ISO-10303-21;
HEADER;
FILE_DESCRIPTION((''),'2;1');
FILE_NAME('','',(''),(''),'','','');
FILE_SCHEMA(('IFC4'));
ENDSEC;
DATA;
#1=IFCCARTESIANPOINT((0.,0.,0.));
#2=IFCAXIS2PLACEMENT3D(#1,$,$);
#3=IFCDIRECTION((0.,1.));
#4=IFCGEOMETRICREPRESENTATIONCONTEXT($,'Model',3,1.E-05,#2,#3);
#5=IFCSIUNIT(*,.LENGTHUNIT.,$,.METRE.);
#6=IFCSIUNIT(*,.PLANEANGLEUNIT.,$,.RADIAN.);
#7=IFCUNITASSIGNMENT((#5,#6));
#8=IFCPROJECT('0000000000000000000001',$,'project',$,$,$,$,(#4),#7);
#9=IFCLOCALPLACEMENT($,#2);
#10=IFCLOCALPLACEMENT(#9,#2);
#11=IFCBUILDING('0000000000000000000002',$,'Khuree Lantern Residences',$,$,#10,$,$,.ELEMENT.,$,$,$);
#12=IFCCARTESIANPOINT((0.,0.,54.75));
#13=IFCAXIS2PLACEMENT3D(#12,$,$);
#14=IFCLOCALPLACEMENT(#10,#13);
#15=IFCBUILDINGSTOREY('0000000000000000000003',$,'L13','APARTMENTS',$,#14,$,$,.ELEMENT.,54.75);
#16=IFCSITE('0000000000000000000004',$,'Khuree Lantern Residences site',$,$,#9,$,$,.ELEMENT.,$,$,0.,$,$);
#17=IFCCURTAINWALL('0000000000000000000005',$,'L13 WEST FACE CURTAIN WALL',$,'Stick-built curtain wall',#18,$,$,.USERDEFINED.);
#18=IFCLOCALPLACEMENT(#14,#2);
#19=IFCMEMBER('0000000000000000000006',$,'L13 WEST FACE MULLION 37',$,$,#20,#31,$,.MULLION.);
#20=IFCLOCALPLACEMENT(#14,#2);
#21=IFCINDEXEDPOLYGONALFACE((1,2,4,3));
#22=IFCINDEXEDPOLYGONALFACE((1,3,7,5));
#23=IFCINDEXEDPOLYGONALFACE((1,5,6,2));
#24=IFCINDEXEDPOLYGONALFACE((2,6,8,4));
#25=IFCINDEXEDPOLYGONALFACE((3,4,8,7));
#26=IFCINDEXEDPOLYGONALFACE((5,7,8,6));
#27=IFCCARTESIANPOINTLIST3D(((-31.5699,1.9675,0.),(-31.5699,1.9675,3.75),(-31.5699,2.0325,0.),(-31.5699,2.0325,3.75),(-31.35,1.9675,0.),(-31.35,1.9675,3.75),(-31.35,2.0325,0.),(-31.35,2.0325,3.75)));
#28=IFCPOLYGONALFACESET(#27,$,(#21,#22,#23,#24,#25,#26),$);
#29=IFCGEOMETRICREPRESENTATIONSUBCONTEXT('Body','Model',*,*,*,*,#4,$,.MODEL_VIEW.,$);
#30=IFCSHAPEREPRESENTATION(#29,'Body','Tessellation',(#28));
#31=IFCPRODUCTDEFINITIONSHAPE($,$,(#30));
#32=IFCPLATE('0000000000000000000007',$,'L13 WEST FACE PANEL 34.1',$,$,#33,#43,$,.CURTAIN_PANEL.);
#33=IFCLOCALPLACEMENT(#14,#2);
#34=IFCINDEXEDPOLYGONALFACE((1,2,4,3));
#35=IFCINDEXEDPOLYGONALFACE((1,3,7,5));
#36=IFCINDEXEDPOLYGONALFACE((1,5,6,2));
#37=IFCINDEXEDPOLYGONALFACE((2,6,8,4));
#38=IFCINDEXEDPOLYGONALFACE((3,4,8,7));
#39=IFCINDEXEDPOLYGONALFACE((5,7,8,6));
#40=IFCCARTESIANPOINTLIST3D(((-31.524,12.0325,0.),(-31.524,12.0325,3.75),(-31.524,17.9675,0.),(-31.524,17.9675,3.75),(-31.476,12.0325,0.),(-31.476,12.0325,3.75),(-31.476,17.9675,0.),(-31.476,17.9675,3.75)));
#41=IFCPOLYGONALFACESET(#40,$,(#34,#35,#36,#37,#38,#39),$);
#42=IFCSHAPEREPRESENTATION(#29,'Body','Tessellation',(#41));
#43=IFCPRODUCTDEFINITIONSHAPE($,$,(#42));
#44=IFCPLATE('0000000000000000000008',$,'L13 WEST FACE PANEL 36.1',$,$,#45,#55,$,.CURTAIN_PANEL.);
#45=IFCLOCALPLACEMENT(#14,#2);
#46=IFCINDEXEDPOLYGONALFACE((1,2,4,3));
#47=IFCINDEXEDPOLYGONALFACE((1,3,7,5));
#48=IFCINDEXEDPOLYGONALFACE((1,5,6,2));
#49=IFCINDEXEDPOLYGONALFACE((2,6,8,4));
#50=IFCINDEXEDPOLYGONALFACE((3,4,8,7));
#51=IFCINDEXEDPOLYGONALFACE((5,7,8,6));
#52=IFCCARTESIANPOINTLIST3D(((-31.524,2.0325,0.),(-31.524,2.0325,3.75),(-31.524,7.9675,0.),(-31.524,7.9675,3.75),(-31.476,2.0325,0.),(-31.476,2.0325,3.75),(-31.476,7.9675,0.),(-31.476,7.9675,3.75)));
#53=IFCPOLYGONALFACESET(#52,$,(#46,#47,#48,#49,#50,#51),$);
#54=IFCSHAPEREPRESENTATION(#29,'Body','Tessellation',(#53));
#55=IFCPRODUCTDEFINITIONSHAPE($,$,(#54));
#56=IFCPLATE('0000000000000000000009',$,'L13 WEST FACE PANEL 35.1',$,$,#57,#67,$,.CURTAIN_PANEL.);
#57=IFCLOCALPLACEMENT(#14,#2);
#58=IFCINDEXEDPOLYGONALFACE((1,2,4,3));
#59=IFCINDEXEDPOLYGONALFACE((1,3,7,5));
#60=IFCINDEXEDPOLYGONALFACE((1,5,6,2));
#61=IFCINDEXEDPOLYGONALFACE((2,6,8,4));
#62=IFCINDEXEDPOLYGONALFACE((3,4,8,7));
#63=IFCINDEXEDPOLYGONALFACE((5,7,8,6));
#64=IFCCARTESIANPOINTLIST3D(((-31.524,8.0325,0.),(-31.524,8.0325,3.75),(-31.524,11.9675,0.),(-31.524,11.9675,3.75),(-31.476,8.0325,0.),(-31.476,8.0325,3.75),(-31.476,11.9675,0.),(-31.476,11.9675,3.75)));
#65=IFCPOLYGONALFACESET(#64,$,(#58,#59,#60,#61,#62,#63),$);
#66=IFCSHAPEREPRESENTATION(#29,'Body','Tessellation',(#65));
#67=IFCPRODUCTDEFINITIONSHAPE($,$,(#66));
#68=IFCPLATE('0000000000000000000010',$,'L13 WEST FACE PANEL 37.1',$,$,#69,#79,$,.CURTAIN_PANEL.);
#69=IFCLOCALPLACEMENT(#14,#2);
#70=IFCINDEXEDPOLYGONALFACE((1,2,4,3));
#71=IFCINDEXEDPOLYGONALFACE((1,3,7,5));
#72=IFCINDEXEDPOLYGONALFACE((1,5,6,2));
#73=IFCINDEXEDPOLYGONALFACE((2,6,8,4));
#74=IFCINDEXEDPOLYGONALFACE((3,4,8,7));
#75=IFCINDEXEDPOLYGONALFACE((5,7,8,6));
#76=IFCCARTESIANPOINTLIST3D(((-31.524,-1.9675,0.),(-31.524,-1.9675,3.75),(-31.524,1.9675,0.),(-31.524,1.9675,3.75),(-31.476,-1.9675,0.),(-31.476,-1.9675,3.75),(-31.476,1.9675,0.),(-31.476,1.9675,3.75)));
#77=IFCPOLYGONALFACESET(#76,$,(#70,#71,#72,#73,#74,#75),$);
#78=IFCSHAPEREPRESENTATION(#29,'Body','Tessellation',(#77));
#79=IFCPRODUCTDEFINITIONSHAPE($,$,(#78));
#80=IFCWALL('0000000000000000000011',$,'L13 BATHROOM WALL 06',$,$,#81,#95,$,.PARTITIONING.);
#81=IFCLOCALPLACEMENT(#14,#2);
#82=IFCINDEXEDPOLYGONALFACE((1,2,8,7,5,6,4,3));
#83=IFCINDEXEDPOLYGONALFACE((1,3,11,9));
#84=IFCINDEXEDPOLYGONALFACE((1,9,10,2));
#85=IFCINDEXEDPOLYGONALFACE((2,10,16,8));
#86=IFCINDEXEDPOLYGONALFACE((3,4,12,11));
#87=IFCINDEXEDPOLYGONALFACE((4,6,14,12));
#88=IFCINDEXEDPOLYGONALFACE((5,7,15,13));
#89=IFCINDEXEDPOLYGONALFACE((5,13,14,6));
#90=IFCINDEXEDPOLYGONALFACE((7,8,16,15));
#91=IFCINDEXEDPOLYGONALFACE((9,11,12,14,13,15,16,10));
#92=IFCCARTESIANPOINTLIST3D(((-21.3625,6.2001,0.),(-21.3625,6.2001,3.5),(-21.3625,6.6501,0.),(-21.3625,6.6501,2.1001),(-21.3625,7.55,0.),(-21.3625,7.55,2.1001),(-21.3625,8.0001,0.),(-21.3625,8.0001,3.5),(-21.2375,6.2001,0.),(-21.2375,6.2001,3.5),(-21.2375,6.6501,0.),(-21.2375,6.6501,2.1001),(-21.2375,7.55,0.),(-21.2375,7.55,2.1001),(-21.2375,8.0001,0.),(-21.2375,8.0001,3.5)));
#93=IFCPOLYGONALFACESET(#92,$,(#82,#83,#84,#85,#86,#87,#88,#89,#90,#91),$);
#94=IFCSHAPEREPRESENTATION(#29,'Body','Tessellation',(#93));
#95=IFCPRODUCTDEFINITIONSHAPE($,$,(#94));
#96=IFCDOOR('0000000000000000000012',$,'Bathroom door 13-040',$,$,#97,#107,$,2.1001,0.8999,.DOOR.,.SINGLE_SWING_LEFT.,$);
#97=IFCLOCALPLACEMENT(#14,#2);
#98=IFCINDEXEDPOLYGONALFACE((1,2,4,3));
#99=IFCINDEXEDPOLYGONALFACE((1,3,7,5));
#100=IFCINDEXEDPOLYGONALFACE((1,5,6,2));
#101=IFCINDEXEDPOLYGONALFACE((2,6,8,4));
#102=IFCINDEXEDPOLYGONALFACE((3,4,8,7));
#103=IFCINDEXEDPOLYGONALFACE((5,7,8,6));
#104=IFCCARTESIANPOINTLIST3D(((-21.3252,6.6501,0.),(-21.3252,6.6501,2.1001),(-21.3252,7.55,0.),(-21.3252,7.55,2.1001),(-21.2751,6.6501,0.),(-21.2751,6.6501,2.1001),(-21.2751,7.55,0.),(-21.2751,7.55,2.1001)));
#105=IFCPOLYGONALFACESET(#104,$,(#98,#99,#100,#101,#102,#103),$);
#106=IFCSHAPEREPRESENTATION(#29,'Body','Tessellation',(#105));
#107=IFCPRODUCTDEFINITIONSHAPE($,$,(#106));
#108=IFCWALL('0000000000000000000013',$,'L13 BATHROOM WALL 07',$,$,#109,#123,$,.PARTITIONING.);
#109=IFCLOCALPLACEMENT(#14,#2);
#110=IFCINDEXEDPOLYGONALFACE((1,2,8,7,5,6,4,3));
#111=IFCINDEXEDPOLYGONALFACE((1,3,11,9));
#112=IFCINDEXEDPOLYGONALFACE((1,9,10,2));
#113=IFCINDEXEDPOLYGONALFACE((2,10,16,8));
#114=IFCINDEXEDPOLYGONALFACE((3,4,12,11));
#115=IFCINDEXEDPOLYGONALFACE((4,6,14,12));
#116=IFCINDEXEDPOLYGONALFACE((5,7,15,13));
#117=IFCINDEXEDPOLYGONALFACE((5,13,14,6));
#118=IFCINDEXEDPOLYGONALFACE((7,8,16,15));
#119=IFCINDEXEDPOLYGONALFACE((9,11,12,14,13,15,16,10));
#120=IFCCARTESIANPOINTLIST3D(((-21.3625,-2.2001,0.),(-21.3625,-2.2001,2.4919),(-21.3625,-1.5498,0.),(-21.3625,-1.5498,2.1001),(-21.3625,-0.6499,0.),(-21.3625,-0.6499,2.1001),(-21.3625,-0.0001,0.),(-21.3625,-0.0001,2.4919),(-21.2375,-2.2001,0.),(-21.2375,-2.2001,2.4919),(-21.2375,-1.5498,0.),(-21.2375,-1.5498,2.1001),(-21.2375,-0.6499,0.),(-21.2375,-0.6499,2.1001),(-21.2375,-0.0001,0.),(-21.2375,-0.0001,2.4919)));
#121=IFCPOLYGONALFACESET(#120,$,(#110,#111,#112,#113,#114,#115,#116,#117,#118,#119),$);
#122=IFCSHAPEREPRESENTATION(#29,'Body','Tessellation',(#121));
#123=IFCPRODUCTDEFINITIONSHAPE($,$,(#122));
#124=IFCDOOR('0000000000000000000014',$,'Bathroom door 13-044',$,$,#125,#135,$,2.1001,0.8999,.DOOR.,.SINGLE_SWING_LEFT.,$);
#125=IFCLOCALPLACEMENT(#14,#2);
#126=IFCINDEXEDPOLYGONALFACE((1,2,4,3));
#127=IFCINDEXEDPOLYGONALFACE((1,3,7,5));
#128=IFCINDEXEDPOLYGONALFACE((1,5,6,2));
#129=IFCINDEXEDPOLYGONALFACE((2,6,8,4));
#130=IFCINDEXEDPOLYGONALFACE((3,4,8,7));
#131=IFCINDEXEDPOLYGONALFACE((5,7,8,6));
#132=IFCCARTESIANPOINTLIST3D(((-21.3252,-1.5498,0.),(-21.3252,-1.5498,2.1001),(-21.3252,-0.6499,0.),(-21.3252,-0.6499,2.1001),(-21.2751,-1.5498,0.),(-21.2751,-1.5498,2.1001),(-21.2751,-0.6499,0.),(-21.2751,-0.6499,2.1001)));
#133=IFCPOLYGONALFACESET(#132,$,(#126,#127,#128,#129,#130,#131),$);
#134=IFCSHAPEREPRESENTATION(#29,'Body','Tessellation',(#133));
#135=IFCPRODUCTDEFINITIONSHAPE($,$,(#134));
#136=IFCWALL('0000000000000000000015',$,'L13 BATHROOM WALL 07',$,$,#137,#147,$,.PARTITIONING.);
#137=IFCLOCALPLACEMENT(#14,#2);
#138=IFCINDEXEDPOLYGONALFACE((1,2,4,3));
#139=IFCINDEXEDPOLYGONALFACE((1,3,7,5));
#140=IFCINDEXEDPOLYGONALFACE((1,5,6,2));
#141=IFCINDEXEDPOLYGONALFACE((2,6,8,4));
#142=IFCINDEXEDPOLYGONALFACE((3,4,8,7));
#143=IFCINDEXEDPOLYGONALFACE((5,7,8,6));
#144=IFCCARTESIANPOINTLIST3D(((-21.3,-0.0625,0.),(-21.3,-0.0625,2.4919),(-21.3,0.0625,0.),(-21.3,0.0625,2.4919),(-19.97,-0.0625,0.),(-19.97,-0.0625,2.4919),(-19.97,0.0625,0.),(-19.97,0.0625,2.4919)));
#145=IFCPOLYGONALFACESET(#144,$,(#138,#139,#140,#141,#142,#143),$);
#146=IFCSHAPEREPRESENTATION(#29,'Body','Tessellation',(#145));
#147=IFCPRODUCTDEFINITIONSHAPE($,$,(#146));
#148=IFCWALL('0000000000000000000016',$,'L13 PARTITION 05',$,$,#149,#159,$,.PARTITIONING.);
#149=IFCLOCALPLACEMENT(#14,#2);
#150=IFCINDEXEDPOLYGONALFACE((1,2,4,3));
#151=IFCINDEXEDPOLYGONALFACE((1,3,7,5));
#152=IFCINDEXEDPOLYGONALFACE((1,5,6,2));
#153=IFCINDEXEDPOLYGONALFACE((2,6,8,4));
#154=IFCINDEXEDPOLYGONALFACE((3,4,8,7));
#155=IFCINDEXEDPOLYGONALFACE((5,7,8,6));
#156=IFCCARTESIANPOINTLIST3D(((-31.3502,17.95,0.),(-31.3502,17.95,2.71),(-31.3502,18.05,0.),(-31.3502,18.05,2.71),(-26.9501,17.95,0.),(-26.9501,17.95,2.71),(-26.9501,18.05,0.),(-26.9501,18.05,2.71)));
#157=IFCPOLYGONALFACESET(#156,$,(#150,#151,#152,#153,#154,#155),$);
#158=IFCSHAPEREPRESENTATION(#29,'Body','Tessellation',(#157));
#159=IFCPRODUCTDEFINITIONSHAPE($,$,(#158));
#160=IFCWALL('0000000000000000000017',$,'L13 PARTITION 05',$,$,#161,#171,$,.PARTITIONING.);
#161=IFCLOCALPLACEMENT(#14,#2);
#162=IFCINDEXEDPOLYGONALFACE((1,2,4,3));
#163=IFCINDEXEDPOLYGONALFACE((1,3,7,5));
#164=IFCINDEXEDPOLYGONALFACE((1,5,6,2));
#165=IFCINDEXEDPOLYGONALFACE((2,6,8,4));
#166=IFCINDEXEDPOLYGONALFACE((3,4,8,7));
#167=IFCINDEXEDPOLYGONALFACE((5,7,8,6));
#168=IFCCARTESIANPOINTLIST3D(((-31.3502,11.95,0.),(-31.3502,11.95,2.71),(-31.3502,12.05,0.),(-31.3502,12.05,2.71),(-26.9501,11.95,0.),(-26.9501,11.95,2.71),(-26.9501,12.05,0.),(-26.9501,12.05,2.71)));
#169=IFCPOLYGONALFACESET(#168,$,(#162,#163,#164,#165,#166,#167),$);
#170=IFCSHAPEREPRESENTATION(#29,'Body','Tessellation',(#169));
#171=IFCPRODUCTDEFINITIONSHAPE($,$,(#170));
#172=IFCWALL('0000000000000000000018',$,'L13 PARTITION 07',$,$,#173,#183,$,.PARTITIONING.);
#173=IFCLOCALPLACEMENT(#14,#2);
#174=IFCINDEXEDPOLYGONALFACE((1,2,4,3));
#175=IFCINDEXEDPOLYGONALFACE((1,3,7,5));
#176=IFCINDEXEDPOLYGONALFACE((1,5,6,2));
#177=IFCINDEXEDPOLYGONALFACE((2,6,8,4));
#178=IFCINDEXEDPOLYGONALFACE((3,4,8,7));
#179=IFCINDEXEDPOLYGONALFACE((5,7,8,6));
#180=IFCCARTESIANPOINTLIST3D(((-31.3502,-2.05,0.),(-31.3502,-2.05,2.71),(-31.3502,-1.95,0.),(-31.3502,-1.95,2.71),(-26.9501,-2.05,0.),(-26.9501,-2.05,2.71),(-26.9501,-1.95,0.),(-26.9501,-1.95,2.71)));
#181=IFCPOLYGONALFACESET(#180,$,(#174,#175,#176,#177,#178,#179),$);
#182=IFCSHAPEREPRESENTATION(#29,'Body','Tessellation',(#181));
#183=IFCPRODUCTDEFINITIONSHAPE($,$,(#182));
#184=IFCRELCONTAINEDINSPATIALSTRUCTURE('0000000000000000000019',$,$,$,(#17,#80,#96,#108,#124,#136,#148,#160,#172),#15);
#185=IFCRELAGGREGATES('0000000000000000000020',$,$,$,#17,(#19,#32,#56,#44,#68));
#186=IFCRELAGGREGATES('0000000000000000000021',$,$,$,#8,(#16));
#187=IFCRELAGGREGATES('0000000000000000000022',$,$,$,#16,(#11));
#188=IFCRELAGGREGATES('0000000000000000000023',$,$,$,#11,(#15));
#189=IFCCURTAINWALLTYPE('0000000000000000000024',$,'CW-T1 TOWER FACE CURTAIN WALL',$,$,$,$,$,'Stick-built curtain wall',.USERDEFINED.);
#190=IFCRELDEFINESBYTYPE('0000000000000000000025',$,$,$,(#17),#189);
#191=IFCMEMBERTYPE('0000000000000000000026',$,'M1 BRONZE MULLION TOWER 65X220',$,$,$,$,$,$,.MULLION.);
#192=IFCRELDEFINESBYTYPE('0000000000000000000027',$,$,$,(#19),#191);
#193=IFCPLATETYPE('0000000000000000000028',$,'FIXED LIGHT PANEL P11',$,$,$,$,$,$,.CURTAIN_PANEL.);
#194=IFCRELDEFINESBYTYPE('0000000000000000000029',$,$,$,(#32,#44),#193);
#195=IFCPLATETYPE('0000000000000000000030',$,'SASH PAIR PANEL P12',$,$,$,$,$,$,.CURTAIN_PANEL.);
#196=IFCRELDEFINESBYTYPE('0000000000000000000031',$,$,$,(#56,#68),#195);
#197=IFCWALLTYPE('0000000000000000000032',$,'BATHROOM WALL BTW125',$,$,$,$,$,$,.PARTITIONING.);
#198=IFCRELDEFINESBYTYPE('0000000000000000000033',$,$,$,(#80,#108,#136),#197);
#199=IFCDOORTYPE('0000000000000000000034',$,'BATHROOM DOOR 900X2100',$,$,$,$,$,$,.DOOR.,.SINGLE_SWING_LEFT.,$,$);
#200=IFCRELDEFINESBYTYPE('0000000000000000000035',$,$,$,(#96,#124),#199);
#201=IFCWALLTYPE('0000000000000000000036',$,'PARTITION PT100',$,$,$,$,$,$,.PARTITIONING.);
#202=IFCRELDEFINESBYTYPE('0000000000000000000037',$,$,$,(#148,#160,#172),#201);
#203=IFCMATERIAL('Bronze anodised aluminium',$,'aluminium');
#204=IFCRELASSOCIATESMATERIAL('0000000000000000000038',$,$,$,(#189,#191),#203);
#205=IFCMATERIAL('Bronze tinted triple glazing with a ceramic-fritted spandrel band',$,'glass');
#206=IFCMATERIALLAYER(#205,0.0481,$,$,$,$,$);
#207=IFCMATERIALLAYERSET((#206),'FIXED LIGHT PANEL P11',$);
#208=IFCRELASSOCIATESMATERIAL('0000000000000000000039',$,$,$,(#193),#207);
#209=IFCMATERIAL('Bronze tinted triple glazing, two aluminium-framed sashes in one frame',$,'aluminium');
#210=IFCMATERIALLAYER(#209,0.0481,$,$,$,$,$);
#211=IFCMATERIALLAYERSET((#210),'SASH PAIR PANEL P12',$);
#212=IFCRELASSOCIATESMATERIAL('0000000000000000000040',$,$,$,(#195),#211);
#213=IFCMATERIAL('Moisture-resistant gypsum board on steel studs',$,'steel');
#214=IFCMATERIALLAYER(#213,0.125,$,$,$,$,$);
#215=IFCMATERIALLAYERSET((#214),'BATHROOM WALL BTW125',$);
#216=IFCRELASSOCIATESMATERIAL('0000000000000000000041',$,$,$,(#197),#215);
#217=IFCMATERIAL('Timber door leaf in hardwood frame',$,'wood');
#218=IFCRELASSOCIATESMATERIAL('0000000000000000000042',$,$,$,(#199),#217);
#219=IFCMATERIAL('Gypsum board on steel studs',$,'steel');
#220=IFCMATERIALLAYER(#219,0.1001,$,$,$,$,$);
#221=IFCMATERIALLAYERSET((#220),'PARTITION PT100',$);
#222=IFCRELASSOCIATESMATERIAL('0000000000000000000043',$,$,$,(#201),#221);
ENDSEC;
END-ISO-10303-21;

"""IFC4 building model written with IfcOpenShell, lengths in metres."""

from ifc_helpers import new_model, si_unit, direction, frame, frame_2d, origin, origin_2d, place, context, subcontext, project, spatial, rectangle, extrude, material, layer, layer_set, material_profile, profile_set, type_object, element, fill, aggregate, save


model = new_model("IFC4")

# Units and contexts
model_context = context("Model", 3, precision=1e-05, world=origin(), true_north=direction((0.0, 1.0)))
body_context = subcontext(model_context, "Body", "Model", "MODEL_VIEW")
ifc_project = project(units=[si_unit("LENGTHUNIT", "METRE"), si_unit("PLANEANGLEUNIT", "RADIAN")], contexts=[model_context])

# Site, building, storey
site_placement = place(None, origin())
site = spatial("IfcSite", under=ifc_project, at=site_placement, Name="Khuree Lantern Residences site", CompositionType="ELEMENT", RefElevation=0.0)
building_placement = place(site_placement, origin())
building = spatial("IfcBuilding", under=site, at=building_placement, Name="Khuree Lantern Residences", CompositionType="ELEMENT")
storey_placement = place(building_placement, frame((0.0, 0.0, 54.75)))
storey = spatial("IfcBuildingStorey", under=building, at=storey_placement, Name="L13", Description="APARTMENTS", CompositionType="ELEMENT", Elevation=54.75)

# Curtain wall
ifc_material_1 = material(Name="Bronze anodised aluminium", Category="aluminium")
curtain_wall_type = type_object("IfcCurtainWallType", Name="CW-T1 TOWER FACE CURTAIN WALL", ElementType="Stick-built curtain wall", PredefinedType="USERDEFINED", material=ifc_material_1)
curtain_wall_placement = place(storey_placement, origin())
curtain_wall = element("IfcCurtainWall", 1, at=curtain_wall_placement, inside=storey, type_object=curtain_wall_type, Name="L13 WEST FACE CURTAIN WALL", ObjectType="Stick-built curtain wall", PredefinedType="USERDEFINED")

# Member
ifc_material_profile_1 = material_profile(ifc_material_1, rectangle(XDim=0.0649, YDim=0.22, at=origin_2d()), Name="M1 65X220")
ifc_profile_set_1 = profile_set([ifc_material_profile_1], Name="Bronze anodised aluminium")
member_type_1 = type_object("IfcMemberType", Name="M1 BRONZE MULLION TOWER 65X220", PredefinedType="MULLION", material=ifc_profile_set_1)
member_1_placement = place(storey_placement, frame((-31.46, 2.0, 0.0), z_axis=(0.0, 0.0, 1.0), x_axis=(0.0, -1.0, 0.0)))
member_1 = element("IfcMember", 2, at=member_1_placement, type_object=member_type_1, Name="L13 WEST FACE MULLION 37", PredefinedType="MULLION", context=body_context, shape_type="SweptSolid", body=[
    extrude(rectangle(XDim=0.0649, YDim=0.22, at=origin_2d()), origin(), (0.0, 0.0, 1.0), 3.75),
])

# Plates
ifc_material_2 = material(Name="Bronze tinted triple glazing with a ceramic-fritted spandrel band", Category="glass")
ifc_layer_1 = layer(ifc_material_2, 0.0481)
ifc_layer_set_1 = layer_set([ifc_layer_1], Name="FIXED LIGHT PANEL P11")
plate_type_1 = type_object("IfcPlateType", Name="FIXED LIGHT PANEL P11", PredefinedType="CURTAIN_PANEL", material=ifc_layer_set_1)
plate_1_placement = place(storey_placement, frame((-31.5, 15.0, 0.0), z_axis=(0.0, 0.0, 1.0), x_axis=(0.0, -1.0, 0.0)))
plate_1 = element("IfcPlate", 3, at=plate_1_placement, type_object=plate_type_1, Name="L13 WEST FACE PANEL 34.1", PredefinedType="CURTAIN_PANEL", context=body_context, shape_type="SweptSolid", body=[
    extrude(rectangle(XDim=5.9351, YDim=0.0481, at=origin_2d()), origin(), (0.0, 0.0, 1.0), 3.75),
])
plate_2_placement = place(storey_placement, frame((-31.5, 5.0, 0.0), z_axis=(0.0, 0.0, 1.0), x_axis=(0.0, -1.0, 0.0)))
plate_2 = element("IfcPlate", 4, at=plate_2_placement, type_object=plate_type_1, Name="L13 WEST FACE PANEL 36.1", PredefinedType="CURTAIN_PANEL", context=body_context, shape_type="SweptSolid", body=[
    extrude(rectangle(XDim=5.9351, YDim=0.0481, at=origin_2d()), origin(), (0.0, 0.0, 1.0), 3.75),
])
ifc_material_3 = material(Name="Bronze tinted triple glazing, two aluminium-framed sashes in one frame", Category="aluminium")
ifc_layer_2 = layer(ifc_material_3, 0.0481)
ifc_layer_set_2 = layer_set([ifc_layer_2], Name="SASH PAIR PANEL P12")
plate_type_2 = type_object("IfcPlateType", Name="SASH PAIR PANEL P12", PredefinedType="CURTAIN_PANEL", material=ifc_layer_set_2)
plate_3_placement = place(storey_placement, frame((-31.5, 10.0, 0.0), z_axis=(0.0, 0.0, 1.0), x_axis=(0.0, -1.0, 0.0)))
plate_3 = element("IfcPlate", 5, at=plate_3_placement, type_object=plate_type_2, Name="L13 WEST FACE PANEL 35.1", PredefinedType="CURTAIN_PANEL", context=body_context, shape_type="SweptSolid", body=[
    extrude(rectangle(XDim=3.9351, YDim=0.0481, at=origin_2d()), origin(), (0.0, 0.0, 1.0), 3.75),
])
plate_4_placement = place(storey_placement, frame((-31.5, 0.0, 0.0), z_axis=(0.0, 0.0, 1.0), x_axis=(0.0, -1.0, 0.0)))
plate_4 = element("IfcPlate", 6, at=plate_4_placement, type_object=plate_type_2, Name="L13 WEST FACE PANEL 37.1", PredefinedType="CURTAIN_PANEL", context=body_context, shape_type="SweptSolid", body=[
    extrude(rectangle(XDim=3.9351, YDim=0.0481, at=origin_2d()), origin(), (0.0, 0.0, 1.0), 3.75),
])
aggregate(curtain_wall, [member_1, plate_1, plate_3, plate_2, plate_4])

# Walls, openings, doors
ifc_material_4 = material(Name="Moisture-resistant gypsum board on steel studs", Category="steel")
ifc_layer_3 = layer(ifc_material_4, 0.125)
ifc_layer_set_3 = layer_set([ifc_layer_3], Name="BATHROOM WALL BTW125")
wall_type_1 = type_object("IfcWallType", Name="BATHROOM WALL BTW125", PredefinedType="PARTITIONING", material=ifc_layer_set_3)
wall_1_placement = place(storey_placement, frame((-21.3, 8.0, 0.0), z_axis=(0.0, 0.0, 1.0), x_axis=(0.0, -1.0, 0.0)))
wall_1 = element("IfcWall", 7, at=wall_1_placement, inside=storey, type_object=wall_type_1, Name="L13 BATHROOM WALL 06", PredefinedType="PARTITIONING", context=body_context, shape_type="SweptSolid", body=[
    extrude(rectangle(XDim=1.8, YDim=0.125, at=frame_2d((0.8999, 0.0))), origin(), (0.0, 0.0, 1.0), 3.5),
])
opening_1_placement = place(wall_1_placement, frame((0.45, 0.0, 0.0)))
opening_1 = element("IfcOpeningElement", 8, at=opening_1_placement, cuts=wall_1, PredefinedType="OPENING", context=body_context, shape_type="SweptSolid", body=[
    extrude(rectangle(XDim=0.8999, YDim=2.1001, at=frame_2d((0.45, 1.05))), frame((0.0, 0.0725, 0.0), z_axis=(0.0, -1.0, 0.0), x_axis=(1.0, 0.0, 0.0)), (0.0, 0.0, 1.0), 0.145),
])
ifc_material_5 = material(Name="Timber door leaf in hardwood frame", Category="wood")
door_type_1 = type_object("IfcDoorType", Name="BATHROOM DOOR 900X2100", OperationType="SINGLE_SWING_LEFT", PredefinedType="DOOR", material=ifc_material_5)
door_1_placement = place(opening_1_placement, origin())
door_1 = element("IfcDoor", 9, at=door_1_placement, inside=storey, type_object=door_type_1, Name="Bathroom door 13-040", OperationType="SINGLE_SWING_LEFT", OverallHeight=2.1001, OverallWidth=0.8999, PredefinedType="DOOR", context=body_context, shape_type="SweptSolid", body=[
    extrude(rectangle(XDim=0.8999, YDim=2.1001, at=frame_2d((0.45, 1.05))), frame((0.0, 0.0249, 0.0), z_axis=(0.0, -1.0, 0.0), x_axis=(1.0, 0.0, 0.0)), (0.0, 0.0, 1.0), 0.05),
])
fill(opening_1, door_1)
wall_2_placement = place(storey_placement, frame((-21.3, 0.0, 0.0), z_axis=(0.0, 0.0, 1.0), x_axis=(0.0, -1.0, 0.0)))
wall_2 = element("IfcWall", 10, at=wall_2_placement, inside=storey, type_object=wall_type_1, Name="L13 BATHROOM WALL 07", PredefinedType="PARTITIONING", context=body_context, shape_type="SweptSolid", body=[
    extrude(rectangle(XDim=2.2, YDim=0.125, at=frame_2d((1.1001, 0.0))), origin(), (0.0, 0.0, 1.0), 2.4919),
])
opening_2_placement = place(wall_2_placement, frame((0.6499, 0.0, 0.0)))
opening_2 = element("IfcOpeningElement", 11, at=opening_2_placement, cuts=wall_2, PredefinedType="OPENING", context=body_context, shape_type="SweptSolid", body=[
    extrude(rectangle(XDim=0.8999, YDim=2.1001, at=frame_2d((0.45, 1.05))), frame((0.0, 0.0725, 0.0), z_axis=(0.0, -1.0, 0.0), x_axis=(1.0, 0.0, 0.0)), (0.0, 0.0, 1.0), 0.145),
])
door_2_placement = place(opening_2_placement, origin())
door_2 = element("IfcDoor", 12, at=door_2_placement, inside=storey, type_object=door_type_1, Name="Bathroom door 13-044", OperationType="SINGLE_SWING_LEFT", OverallHeight=2.1001, OverallWidth=0.8999, PredefinedType="DOOR", context=body_context, shape_type="SweptSolid", body=[
    extrude(rectangle(XDim=0.8999, YDim=2.1001, at=frame_2d((0.45, 1.05))), frame((0.0, 0.0249, 0.0), z_axis=(0.0, -1.0, 0.0), x_axis=(1.0, 0.0, 0.0)), (0.0, 0.0, 1.0), 0.05),
])
fill(opening_2, door_2)

# Walls
wall_3_placement = place(storey_placement, frame((-19.97, 0.0, 0.0), z_axis=(0.0, 0.0, 1.0), x_axis=(-1.0, 0.0, 0.0)))
element("IfcWall", 13, at=wall_3_placement, inside=storey, type_object=wall_type_1, Name="L13 BATHROOM WALL 07", PredefinedType="PARTITIONING", context=body_context, shape_type="SweptSolid", body=[
    extrude(rectangle(XDim=1.3301, YDim=0.125, at=frame_2d((0.665, 0.0))), origin(), (0.0, 0.0, 1.0), 2.4919),
])
ifc_material_6 = material(Name="Gypsum board on steel studs", Category="steel")
ifc_layer_4 = layer(ifc_material_6, 0.1001)
ifc_layer_set_4 = layer_set([ifc_layer_4], Name="PARTITION PT100")
wall_type_2 = type_object("IfcWallType", Name="PARTITION PT100", PredefinedType="PARTITIONING", material=ifc_layer_set_4)
for number, where, z_axis, x_axis, name in (
    (14, (-26.95, 18.0, 0.0), (0.0, 0.0, 1.0), (-1.0, 0.0, 0.0), "L13 PARTITION 05"),
    (15, (-26.95, 12.0, 0.0), (0.0, 0.0, 1.0), (-1.0, 0.0, 0.0), "L13 PARTITION 05"),
    (16, (-26.95, -2.0, 0.0), (0.0, 0.0, 1.0), (-1.0, 0.0, 0.0), "L13 PARTITION 07"),
):
    element("IfcWall", number, at=place(storey_placement, frame(where, z_axis=z_axis, x_axis=x_axis)), inside=storey, type_object=wall_type_2, Name=name, PredefinedType="PARTITIONING", context=body_context, shape_type="SweptSolid", body=[
        extrude(rectangle(XDim=4.4001, YDim=0.1001, at=frame_2d((2.2002, 0.0))), origin(), (0.0, 0.0, 1.0), 2.71),
    ])

save(model, "model.ifc")
